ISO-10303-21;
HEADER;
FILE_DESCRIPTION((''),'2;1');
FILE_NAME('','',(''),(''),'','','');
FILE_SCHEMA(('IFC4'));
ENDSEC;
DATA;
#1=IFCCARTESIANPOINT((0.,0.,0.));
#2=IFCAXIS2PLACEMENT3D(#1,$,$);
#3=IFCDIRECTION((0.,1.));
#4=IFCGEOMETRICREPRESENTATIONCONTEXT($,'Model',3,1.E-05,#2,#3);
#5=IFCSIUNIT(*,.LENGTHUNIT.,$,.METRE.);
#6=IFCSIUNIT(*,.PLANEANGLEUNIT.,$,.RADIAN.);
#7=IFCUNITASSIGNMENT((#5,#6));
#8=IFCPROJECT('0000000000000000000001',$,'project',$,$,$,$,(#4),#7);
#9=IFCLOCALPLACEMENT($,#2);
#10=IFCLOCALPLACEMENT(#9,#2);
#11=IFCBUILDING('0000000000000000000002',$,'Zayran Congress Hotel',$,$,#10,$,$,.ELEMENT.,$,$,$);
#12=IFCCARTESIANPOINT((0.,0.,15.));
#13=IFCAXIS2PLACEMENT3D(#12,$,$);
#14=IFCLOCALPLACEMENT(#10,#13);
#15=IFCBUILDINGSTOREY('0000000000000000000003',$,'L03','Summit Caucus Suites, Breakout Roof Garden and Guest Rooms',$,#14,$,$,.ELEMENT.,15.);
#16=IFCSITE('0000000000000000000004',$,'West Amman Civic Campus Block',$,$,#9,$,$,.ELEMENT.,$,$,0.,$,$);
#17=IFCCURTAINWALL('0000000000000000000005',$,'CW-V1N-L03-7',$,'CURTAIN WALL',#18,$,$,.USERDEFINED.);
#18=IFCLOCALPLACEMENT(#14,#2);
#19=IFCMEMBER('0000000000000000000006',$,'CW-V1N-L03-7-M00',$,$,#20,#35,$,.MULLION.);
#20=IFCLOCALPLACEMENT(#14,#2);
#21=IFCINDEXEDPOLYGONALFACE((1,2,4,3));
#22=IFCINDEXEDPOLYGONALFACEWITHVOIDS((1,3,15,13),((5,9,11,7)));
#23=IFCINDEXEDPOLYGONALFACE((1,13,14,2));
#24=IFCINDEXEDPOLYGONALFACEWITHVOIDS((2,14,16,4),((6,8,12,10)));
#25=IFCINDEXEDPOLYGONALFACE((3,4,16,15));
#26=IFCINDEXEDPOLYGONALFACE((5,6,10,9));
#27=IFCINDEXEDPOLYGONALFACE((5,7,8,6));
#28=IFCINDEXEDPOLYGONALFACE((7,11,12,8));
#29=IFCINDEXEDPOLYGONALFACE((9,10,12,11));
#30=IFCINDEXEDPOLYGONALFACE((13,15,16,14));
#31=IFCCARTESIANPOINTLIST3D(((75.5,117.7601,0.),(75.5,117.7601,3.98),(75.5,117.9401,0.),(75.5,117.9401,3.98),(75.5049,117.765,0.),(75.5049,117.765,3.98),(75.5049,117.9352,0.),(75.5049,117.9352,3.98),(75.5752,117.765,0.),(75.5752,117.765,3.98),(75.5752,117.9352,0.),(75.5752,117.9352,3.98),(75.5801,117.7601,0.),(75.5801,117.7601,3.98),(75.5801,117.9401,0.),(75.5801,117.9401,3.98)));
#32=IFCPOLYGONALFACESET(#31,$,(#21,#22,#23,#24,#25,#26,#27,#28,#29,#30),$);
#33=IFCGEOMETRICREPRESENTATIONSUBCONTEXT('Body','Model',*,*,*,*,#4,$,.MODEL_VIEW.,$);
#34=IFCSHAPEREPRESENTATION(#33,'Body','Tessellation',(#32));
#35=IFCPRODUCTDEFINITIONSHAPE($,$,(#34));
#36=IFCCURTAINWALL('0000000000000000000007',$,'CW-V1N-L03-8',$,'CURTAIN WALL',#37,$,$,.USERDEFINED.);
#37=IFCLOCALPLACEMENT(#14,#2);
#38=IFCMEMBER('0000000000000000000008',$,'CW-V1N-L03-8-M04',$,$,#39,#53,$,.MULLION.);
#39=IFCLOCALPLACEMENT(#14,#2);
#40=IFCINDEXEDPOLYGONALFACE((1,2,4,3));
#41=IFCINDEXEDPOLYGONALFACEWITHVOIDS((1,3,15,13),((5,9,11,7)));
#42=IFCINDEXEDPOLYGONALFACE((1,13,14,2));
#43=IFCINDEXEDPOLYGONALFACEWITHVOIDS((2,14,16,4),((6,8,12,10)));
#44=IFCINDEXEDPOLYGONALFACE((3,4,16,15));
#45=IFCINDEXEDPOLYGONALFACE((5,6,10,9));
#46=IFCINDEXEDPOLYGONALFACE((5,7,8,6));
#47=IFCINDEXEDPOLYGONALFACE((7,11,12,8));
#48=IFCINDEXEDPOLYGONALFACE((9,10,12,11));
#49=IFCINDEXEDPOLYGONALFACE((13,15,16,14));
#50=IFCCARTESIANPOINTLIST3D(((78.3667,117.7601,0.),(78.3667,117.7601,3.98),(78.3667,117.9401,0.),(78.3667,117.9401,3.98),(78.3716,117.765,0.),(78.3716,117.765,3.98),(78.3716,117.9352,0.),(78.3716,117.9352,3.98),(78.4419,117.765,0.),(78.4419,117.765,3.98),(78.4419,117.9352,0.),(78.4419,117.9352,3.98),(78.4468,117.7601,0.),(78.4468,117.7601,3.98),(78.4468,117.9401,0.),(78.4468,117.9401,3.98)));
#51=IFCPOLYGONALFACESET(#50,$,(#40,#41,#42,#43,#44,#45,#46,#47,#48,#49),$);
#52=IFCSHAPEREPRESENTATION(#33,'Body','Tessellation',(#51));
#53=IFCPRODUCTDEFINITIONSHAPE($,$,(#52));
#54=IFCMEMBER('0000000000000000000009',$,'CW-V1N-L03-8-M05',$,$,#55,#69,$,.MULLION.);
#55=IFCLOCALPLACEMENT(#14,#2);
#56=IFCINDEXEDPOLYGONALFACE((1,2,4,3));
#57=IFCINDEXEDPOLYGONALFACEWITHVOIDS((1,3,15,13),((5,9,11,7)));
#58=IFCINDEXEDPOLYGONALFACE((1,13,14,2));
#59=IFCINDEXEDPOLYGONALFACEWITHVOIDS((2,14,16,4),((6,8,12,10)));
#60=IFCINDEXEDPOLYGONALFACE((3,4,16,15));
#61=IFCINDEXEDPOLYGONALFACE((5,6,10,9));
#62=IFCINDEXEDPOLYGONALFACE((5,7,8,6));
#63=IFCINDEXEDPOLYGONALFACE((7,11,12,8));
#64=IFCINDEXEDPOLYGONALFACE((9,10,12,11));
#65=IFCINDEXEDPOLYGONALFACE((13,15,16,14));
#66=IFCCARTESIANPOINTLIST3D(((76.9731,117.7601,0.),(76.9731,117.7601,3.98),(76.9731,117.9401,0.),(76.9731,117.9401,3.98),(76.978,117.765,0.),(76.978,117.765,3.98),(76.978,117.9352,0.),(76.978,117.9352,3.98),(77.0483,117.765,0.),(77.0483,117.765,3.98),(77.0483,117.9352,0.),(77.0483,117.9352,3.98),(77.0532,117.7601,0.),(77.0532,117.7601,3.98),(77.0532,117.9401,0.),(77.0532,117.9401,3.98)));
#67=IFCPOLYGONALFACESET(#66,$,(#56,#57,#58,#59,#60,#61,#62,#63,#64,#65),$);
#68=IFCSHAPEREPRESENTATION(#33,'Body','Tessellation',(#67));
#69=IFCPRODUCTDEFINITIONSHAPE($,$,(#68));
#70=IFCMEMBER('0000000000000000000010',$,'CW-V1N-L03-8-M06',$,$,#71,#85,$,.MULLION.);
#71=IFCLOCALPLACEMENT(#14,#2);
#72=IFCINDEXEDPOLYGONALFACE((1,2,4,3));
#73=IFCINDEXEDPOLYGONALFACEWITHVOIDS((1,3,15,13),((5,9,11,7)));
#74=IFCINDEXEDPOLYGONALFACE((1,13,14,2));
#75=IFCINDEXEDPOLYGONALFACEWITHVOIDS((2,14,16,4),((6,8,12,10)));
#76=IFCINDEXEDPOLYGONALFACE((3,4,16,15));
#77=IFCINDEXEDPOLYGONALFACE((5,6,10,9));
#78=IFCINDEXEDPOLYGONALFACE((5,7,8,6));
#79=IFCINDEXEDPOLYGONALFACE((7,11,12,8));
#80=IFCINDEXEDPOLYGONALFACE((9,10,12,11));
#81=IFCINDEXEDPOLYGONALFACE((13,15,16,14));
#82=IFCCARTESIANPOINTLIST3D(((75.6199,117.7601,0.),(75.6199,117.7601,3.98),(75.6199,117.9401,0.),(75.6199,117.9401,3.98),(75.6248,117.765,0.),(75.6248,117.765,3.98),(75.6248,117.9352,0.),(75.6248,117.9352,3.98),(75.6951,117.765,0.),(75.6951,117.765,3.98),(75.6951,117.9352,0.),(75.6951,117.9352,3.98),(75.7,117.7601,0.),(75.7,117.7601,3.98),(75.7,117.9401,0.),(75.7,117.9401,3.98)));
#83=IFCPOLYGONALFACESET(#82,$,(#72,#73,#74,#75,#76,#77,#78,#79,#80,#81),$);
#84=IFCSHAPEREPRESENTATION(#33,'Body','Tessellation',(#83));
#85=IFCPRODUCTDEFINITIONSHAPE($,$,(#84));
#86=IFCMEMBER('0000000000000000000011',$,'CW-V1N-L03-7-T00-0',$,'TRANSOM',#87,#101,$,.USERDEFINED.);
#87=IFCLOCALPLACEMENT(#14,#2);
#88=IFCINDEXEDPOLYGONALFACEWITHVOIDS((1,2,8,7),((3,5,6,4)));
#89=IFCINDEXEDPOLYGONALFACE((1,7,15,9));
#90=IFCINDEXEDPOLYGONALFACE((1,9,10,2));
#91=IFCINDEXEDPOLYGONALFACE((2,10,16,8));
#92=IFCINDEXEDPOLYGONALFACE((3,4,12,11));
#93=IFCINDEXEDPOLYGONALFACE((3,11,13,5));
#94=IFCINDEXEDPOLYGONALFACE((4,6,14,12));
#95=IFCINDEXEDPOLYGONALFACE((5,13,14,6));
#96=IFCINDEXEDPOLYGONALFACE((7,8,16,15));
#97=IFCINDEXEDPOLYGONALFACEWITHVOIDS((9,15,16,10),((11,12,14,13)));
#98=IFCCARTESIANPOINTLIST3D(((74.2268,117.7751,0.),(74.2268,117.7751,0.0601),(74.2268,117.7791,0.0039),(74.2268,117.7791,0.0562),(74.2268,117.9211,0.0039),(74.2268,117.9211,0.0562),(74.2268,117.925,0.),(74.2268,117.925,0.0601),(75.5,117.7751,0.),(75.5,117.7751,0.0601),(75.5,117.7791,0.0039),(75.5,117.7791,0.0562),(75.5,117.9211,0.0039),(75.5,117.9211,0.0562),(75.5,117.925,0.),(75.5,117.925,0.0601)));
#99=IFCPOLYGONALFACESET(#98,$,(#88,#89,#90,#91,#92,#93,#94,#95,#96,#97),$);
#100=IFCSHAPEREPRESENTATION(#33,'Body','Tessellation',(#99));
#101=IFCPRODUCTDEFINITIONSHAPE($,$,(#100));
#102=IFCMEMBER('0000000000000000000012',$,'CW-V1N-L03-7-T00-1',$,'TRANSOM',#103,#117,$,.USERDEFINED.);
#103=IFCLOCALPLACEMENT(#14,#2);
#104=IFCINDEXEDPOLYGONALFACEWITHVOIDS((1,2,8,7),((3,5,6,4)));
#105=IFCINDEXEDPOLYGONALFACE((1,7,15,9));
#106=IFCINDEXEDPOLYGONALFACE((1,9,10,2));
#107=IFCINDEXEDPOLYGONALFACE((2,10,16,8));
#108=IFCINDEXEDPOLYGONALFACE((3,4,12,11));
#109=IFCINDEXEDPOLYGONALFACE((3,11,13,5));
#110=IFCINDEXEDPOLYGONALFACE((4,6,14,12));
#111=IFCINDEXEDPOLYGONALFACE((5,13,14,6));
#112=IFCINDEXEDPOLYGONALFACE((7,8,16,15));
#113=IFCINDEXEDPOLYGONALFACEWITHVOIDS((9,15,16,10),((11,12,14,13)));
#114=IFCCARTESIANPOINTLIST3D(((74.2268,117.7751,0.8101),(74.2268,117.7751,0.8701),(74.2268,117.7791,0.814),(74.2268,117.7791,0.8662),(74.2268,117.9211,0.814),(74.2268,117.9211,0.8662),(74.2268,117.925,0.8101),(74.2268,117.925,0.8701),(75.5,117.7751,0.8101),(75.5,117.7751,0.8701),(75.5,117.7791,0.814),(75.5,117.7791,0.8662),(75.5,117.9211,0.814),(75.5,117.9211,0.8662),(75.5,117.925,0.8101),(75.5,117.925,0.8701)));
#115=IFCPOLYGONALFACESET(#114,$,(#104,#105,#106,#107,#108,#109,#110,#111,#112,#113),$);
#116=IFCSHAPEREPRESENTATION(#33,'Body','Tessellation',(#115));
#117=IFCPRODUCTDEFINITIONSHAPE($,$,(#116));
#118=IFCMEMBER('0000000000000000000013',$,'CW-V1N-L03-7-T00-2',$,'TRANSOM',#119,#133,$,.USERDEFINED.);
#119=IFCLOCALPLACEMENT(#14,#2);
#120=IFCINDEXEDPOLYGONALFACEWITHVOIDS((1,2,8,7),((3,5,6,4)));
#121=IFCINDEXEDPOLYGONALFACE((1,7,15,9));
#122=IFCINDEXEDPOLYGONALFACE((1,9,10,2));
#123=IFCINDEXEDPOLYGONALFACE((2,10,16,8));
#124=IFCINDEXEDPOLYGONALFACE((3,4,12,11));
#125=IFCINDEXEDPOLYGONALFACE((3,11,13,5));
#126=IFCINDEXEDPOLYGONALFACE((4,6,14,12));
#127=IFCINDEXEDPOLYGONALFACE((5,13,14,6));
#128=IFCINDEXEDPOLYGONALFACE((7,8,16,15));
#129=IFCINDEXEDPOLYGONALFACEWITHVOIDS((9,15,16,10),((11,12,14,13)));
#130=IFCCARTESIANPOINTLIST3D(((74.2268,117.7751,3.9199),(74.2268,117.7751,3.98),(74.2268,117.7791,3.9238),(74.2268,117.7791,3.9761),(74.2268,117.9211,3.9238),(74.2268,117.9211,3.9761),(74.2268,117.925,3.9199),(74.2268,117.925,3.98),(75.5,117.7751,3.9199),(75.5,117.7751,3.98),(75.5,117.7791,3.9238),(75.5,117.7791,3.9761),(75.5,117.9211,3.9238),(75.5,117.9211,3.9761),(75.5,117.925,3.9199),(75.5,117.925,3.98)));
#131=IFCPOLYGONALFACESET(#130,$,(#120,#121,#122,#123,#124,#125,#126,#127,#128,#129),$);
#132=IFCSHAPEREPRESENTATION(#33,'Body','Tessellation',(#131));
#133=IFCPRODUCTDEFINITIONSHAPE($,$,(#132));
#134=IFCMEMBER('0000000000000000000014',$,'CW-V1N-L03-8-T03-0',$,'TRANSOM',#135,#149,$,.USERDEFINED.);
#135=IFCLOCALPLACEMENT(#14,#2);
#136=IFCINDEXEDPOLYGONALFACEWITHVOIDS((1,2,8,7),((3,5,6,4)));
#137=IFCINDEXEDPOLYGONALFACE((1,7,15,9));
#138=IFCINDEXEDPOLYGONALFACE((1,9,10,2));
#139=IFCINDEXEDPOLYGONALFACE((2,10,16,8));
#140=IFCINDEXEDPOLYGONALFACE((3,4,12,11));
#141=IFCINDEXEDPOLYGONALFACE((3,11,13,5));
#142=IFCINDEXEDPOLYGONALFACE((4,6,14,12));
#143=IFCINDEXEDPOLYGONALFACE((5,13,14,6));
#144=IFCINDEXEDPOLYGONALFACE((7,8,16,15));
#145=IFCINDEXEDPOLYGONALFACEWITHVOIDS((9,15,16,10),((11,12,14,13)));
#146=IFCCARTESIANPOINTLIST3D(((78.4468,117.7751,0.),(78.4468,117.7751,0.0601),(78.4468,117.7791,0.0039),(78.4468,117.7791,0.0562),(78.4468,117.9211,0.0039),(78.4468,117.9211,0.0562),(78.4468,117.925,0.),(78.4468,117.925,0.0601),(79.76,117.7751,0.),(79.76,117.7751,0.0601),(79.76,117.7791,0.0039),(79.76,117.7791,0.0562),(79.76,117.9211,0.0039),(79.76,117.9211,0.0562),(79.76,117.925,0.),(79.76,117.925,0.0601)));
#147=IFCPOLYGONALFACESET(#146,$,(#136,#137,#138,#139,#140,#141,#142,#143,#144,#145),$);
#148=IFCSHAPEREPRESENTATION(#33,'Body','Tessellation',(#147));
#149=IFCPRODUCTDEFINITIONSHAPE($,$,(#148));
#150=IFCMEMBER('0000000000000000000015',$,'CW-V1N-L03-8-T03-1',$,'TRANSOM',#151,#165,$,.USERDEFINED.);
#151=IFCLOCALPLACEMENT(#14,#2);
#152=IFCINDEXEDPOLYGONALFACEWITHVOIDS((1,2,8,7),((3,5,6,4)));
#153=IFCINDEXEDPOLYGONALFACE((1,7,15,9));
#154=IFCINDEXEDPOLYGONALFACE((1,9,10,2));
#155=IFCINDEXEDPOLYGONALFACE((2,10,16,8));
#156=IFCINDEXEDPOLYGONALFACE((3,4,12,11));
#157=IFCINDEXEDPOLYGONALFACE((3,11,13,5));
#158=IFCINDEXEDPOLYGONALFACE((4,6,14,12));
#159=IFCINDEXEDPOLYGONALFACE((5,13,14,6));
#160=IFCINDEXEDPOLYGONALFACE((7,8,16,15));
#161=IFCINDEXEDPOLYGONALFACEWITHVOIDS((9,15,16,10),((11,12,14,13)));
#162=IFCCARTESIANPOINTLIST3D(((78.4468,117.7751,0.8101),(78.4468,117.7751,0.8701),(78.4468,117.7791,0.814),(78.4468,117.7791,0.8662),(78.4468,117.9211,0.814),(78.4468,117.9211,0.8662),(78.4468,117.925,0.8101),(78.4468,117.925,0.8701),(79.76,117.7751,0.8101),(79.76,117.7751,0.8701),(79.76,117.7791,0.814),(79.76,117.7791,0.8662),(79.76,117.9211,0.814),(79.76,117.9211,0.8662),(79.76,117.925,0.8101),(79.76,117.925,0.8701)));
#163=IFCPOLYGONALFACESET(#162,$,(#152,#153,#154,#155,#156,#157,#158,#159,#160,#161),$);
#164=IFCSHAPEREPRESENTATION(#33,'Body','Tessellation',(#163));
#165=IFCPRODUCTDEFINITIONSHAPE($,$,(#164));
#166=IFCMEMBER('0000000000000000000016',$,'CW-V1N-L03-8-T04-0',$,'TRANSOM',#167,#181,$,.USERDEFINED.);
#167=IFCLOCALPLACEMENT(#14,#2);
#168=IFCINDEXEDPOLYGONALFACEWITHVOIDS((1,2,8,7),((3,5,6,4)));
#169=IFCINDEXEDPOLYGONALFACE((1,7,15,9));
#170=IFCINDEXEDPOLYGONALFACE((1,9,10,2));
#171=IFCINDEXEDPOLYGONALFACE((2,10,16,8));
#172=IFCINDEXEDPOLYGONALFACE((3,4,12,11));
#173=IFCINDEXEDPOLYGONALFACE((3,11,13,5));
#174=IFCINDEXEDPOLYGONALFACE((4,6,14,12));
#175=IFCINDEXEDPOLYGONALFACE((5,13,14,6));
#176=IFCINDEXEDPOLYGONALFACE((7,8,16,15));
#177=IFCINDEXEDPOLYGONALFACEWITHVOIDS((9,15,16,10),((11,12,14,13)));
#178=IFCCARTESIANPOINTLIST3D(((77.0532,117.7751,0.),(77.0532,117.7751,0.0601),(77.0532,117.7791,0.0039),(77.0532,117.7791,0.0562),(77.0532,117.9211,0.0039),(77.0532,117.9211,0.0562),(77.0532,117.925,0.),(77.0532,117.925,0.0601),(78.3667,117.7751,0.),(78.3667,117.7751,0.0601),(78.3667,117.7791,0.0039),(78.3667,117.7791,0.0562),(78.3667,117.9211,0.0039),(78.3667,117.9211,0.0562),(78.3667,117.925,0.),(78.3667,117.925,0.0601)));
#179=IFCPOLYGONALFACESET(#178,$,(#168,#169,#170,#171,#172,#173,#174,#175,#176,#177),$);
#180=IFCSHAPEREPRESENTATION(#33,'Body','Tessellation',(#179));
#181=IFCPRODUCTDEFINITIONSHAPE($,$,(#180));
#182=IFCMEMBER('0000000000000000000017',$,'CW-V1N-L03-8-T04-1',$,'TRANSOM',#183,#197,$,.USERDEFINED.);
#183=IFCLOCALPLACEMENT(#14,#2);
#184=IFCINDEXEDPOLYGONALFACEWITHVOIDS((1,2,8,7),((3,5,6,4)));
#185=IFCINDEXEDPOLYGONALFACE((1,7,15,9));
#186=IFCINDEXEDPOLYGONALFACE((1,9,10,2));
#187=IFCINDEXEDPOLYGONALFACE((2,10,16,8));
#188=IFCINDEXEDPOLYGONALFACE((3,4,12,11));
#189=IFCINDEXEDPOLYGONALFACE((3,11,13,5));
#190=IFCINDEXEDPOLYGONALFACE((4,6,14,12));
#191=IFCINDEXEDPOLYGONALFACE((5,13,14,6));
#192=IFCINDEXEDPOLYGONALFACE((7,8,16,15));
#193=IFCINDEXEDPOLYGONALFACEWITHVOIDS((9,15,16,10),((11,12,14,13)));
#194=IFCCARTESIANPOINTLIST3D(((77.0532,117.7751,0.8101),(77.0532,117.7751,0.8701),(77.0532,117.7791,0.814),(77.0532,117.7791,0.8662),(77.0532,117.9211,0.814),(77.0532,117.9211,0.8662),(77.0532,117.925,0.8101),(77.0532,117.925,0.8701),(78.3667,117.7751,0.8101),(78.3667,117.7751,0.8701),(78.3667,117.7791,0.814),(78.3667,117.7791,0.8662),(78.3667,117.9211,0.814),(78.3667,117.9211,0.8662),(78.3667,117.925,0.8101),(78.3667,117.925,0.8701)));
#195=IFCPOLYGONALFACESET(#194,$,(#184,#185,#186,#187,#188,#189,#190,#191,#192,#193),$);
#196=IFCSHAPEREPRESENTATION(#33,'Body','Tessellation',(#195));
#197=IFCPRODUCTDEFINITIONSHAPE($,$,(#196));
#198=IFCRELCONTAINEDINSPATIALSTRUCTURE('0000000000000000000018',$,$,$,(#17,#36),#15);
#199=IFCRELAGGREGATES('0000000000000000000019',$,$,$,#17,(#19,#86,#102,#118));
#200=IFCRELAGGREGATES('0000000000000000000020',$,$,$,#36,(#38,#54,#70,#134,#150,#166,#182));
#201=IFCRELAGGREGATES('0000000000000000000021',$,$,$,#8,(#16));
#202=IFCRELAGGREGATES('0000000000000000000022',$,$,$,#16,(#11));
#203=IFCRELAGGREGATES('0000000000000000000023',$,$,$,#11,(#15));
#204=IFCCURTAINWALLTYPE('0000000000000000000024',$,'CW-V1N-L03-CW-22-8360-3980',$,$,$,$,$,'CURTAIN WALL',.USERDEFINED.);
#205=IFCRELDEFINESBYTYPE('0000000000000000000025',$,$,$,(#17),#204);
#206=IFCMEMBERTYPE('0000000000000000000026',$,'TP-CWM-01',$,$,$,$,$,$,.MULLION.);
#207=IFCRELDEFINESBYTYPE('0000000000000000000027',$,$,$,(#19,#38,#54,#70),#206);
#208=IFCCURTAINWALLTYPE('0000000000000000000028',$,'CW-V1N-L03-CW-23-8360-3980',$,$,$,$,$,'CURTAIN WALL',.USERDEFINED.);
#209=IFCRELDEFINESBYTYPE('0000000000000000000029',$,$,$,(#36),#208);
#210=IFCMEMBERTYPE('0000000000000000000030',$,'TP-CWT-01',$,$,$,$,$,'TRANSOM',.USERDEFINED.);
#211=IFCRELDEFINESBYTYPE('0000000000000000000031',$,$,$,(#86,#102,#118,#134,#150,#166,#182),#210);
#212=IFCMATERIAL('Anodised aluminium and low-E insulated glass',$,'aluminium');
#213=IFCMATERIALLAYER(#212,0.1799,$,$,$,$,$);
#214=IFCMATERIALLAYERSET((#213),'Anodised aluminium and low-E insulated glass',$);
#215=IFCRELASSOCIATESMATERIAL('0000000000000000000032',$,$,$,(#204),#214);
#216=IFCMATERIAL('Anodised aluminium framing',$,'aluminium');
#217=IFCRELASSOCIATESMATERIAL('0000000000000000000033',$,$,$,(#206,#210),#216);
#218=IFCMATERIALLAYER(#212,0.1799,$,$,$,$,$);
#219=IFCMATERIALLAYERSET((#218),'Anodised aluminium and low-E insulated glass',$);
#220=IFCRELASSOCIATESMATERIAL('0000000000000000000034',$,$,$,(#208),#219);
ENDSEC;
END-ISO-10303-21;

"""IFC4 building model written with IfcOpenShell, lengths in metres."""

from ifc_helpers import new_model, si_unit, direction, frame, origin, origin_2d, place, context, subcontext, project, spatial, hollow_rectangle, extrude, material, layer, layer_set, material_profile, profile_set, type_object, element, aggregate, save


model = new_model("IFC4")

# Units and contexts
model_context = context("Model", 3, precision=1e-05, world=origin(), true_north=direction((0.0, 1.0)))
body_context = subcontext(model_context, "Body", "Model", "MODEL_VIEW")
ifc_project = project(units=[si_unit("LENGTHUNIT", "METRE"), si_unit("PLANEANGLEUNIT", "RADIAN")], contexts=[model_context])

# Site, building, storey
site_placement = place(None, origin())
site = spatial("IfcSite", under=ifc_project, at=site_placement, Name="West Amman Civic Campus Block", CompositionType="ELEMENT", RefElevation=0.0)
building_placement = place(site_placement, origin())
building = spatial("IfcBuilding", under=site, at=building_placement, Name="Zayran Congress Hotel", CompositionType="ELEMENT")
storey_placement = place(building_placement, frame((0.0, 0.0, 15.0)))
storey = spatial("IfcBuildingStorey", under=building, at=storey_placement, Name="L03", Description="Summit Caucus Suites, Breakout Roof Garden and Guest Rooms", CompositionType="ELEMENT", Elevation=15.0)

# Curtain wall, member
ifc_material_1 = material(Name="Anodised aluminium and low-E insulated glass", Category="aluminium")
ifc_layer_1 = layer(ifc_material_1, 0.1799)
ifc_layer_set_1 = layer_set([ifc_layer_1], Name="Anodised aluminium and low-E insulated glass")
curtain_wall_type_1 = type_object("IfcCurtainWallType", Name="CW-V1N-L03-CW-22-8360-3980", ElementType="CURTAIN WALL", PredefinedType="USERDEFINED", material=ifc_layer_set_1)
curtain_wall_1_placement = place(storey_placement, origin())
curtain_wall_1 = element("IfcCurtainWall", 1, at=curtain_wall_1_placement, inside=storey, type_object=curtain_wall_type_1, Name="CW-V1N-L03-7", ObjectType="CURTAIN WALL", PredefinedType="USERDEFINED")
ifc_material_2 = material(Name="Anodised aluminium framing", Category="aluminium")
ifc_material_profile_1 = material_profile(ifc_material_2, hollow_rectangle(XDim=0.0801, YDim=0.1799, WallThickness=0.0049, at=origin_2d()), Name="RHS 180x80x5")
ifc_profile_set_1 = profile_set([ifc_material_profile_1], Name="Anodised aluminium framing")
member_type_1 = type_object("IfcMemberType", Name="TP-CWM-01", PredefinedType="MULLION", material=ifc_profile_set_1)
member_1_placement = place(storey_placement, frame((75.54, 117.8501, 0.0), z_axis=(0.0, 0.0, 1.0), x_axis=(1.0, 0.0, 0.0)))
member_1 = element("IfcMember", 2, at=member_1_placement, type_object=member_type_1, Name="CW-V1N-L03-7-M00", PredefinedType="MULLION", context=body_context, shape_type="SweptSolid", body=[
    extrude(hollow_rectangle(XDim=0.0801, YDim=0.1799, WallThickness=0.0049, at=origin_2d()), origin(), (0.0, 0.0, 1.0), 3.98),
])

# Curtain wall, members
ifc_layer_2 = layer(ifc_material_1, 0.1799)
ifc_layer_set_2 = layer_set([ifc_layer_2], Name="Anodised aluminium and low-E insulated glass")
curtain_wall_type_2 = type_object("IfcCurtainWallType", Name="CW-V1N-L03-CW-23-8360-3980", ElementType="CURTAIN WALL", PredefinedType="USERDEFINED", material=ifc_layer_set_2)
curtain_wall_2_placement = place(storey_placement, origin())
curtain_wall_2 = element("IfcCurtainWall", 3, at=curtain_wall_2_placement, inside=storey, type_object=curtain_wall_type_2, Name="CW-V1N-L03-8", ObjectType="CURTAIN WALL", PredefinedType="USERDEFINED")
member_2_placement = place(storey_placement, frame((78.4067, 117.8501, 0.0), z_axis=(0.0, 0.0, 1.0), x_axis=(1.0, 0.0, 0.0)))
member_2 = element("IfcMember", 4, at=member_2_placement, type_object=member_type_1, Name="CW-V1N-L03-8-M04", PredefinedType="MULLION", context=body_context, shape_type="SweptSolid", body=[
    extrude(hollow_rectangle(XDim=0.0801, YDim=0.1799, WallThickness=0.0049, at=origin_2d()), origin(), (0.0, 0.0, 1.0), 3.98),
])
member_3_placement = place(storey_placement, frame((77.0132, 117.8501, 0.0), z_axis=(0.0, 0.0, 1.0), x_axis=(1.0, 0.0, 0.0)))
member_3 = element("IfcMember", 5, at=member_3_placement, type_object=member_type_1, Name="CW-V1N-L03-8-M05", PredefinedType="MULLION", context=body_context, shape_type="SweptSolid", body=[
    extrude(hollow_rectangle(XDim=0.0801, YDim=0.1799, WallThickness=0.0049, at=origin_2d()), origin(), (0.0, 0.0, 1.0), 3.98),
])
member_4_placement = place(storey_placement, frame((75.6599, 117.8501, 0.0), z_axis=(0.0, 0.0, 1.0), x_axis=(1.0, 0.0, 0.0)))
member_4 = element("IfcMember", 6, at=member_4_placement, type_object=member_type_1, Name="CW-V1N-L03-8-M06", PredefinedType="MULLION", context=body_context, shape_type="SweptSolid", body=[
    extrude(hollow_rectangle(XDim=0.0801, YDim=0.1799, WallThickness=0.0049, at=origin_2d()), origin(), (0.0, 0.0, 1.0), 3.98),
])

# Members
ifc_material_profile_2 = material_profile(ifc_material_2, hollow_rectangle(XDim=0.0601, YDim=0.1499, WallThickness=0.0039, at=origin_2d()), Name="RHS 150x60x4")
ifc_profile_set_2 = profile_set([ifc_material_profile_2], Name="Anodised aluminium framing")
member_type_2 = type_object("IfcMemberType", Name="TP-CWT-01", ElementType="TRANSOM", PredefinedType="USERDEFINED", material=ifc_profile_set_2)
member_5_placement = place(storey_placement, frame((75.5, 117.8501, 0.03), z_axis=(-1.0, 0.0, 0.0), x_axis=(0.0, 0.0, 1.0)))
member_5 = element("IfcMember", 7, at=member_5_placement, type_object=member_type_2, Name="CW-V1N-L03-7-T00-0", ObjectType="TRANSOM", PredefinedType="USERDEFINED", context=body_context, shape_type="SweptSolid", body=[
    extrude(hollow_rectangle(XDim=0.0601, YDim=0.1499, WallThickness=0.0039, at=origin_2d()), origin(), (0.0, 0.0, 1.0), 1.2732),
])
member_6_placement = place(storey_placement, frame((75.5, 117.8501, 0.8401), z_axis=(-1.0, 0.0, 0.0), x_axis=(0.0, 0.0, 1.0)))
member_6 = element("IfcMember", 8, at=member_6_placement, type_object=member_type_2, Name="CW-V1N-L03-7-T00-1", ObjectType="TRANSOM", PredefinedType="USERDEFINED", context=body_context, shape_type="SweptSolid", body=[
    extrude(hollow_rectangle(XDim=0.0601, YDim=0.1499, WallThickness=0.0039, at=origin_2d()), origin(), (0.0, 0.0, 1.0), 1.2732),
])
member_7_placement = place(storey_placement, frame((75.5, 117.8501, 3.95), z_axis=(-1.0, 0.0, 0.0), x_axis=(0.0, 0.0, 1.0)))
member_7 = element("IfcMember", 9, at=member_7_placement, type_object=member_type_2, Name="CW-V1N-L03-7-T00-2", ObjectType="TRANSOM", PredefinedType="USERDEFINED", context=body_context, shape_type="SweptSolid", body=[
    extrude(hollow_rectangle(XDim=0.0601, YDim=0.1499, WallThickness=0.0039, at=origin_2d()), origin(), (0.0, 0.0, 1.0), 1.2732),
])
member_8_placement = place(storey_placement, frame((79.76, 117.8501, 0.03), z_axis=(-1.0, 0.0, 0.0), x_axis=(0.0, 0.0, 1.0)))
member_8 = element("IfcMember", 10, at=member_8_placement, type_object=member_type_2, Name="CW-V1N-L03-8-T03-0", ObjectType="TRANSOM", PredefinedType="USERDEFINED", context=body_context, shape_type="SweptSolid", body=[
    extrude(hollow_rectangle(XDim=0.0601, YDim=0.1499, WallThickness=0.0039, at=origin_2d()), origin(), (0.0, 0.0, 1.0), 1.3132),
])
member_9_placement = place(storey_placement, frame((79.76, 117.8501, 0.8401), z_axis=(-1.0, 0.0, 0.0), x_axis=(0.0, 0.0, 1.0)))
member_9 = element("IfcMember", 11, at=member_9_placement, type_object=member_type_2, Name="CW-V1N-L03-8-T03-1", ObjectType="TRANSOM", PredefinedType="USERDEFINED", context=body_context, shape_type="SweptSolid", body=[
    extrude(hollow_rectangle(XDim=0.0601, YDim=0.1499, WallThickness=0.0039, at=origin_2d()), origin(), (0.0, 0.0, 1.0), 1.3132),
])
member_10_placement = place(storey_placement, frame((78.3667, 117.8501, 0.03), z_axis=(-1.0, 0.0, 0.0), x_axis=(0.0, 0.0, 1.0)))
member_10 = element("IfcMember", 12, at=member_10_placement, type_object=member_type_2, Name="CW-V1N-L03-8-T04-0", ObjectType="TRANSOM", PredefinedType="USERDEFINED", context=body_context, shape_type="SweptSolid", body=[
    extrude(hollow_rectangle(XDim=0.0601, YDim=0.1499, WallThickness=0.0039, at=origin_2d()), origin(), (0.0, 0.0, 1.0), 1.3135),
])
member_11_placement = place(storey_placement, frame((78.3667, 117.8501, 0.8401), z_axis=(-1.0, 0.0, 0.0), x_axis=(0.0, 0.0, 1.0)))
member_11 = element("IfcMember", 13, at=member_11_placement, type_object=member_type_2, Name="CW-V1N-L03-8-T04-1", ObjectType="TRANSOM", PredefinedType="USERDEFINED", context=body_context, shape_type="SweptSolid", body=[
    extrude(hollow_rectangle(XDim=0.0601, YDim=0.1499, WallThickness=0.0039, at=origin_2d()), origin(), (0.0, 0.0, 1.0), 1.3135),
])

aggregate(curtain_wall_1, [member_1, member_5, member_6, member_7])
aggregate(curtain_wall_2, [member_2, member_3, member_4, member_8, member_9, member_10, member_11])

save(model, "model.ifc")
